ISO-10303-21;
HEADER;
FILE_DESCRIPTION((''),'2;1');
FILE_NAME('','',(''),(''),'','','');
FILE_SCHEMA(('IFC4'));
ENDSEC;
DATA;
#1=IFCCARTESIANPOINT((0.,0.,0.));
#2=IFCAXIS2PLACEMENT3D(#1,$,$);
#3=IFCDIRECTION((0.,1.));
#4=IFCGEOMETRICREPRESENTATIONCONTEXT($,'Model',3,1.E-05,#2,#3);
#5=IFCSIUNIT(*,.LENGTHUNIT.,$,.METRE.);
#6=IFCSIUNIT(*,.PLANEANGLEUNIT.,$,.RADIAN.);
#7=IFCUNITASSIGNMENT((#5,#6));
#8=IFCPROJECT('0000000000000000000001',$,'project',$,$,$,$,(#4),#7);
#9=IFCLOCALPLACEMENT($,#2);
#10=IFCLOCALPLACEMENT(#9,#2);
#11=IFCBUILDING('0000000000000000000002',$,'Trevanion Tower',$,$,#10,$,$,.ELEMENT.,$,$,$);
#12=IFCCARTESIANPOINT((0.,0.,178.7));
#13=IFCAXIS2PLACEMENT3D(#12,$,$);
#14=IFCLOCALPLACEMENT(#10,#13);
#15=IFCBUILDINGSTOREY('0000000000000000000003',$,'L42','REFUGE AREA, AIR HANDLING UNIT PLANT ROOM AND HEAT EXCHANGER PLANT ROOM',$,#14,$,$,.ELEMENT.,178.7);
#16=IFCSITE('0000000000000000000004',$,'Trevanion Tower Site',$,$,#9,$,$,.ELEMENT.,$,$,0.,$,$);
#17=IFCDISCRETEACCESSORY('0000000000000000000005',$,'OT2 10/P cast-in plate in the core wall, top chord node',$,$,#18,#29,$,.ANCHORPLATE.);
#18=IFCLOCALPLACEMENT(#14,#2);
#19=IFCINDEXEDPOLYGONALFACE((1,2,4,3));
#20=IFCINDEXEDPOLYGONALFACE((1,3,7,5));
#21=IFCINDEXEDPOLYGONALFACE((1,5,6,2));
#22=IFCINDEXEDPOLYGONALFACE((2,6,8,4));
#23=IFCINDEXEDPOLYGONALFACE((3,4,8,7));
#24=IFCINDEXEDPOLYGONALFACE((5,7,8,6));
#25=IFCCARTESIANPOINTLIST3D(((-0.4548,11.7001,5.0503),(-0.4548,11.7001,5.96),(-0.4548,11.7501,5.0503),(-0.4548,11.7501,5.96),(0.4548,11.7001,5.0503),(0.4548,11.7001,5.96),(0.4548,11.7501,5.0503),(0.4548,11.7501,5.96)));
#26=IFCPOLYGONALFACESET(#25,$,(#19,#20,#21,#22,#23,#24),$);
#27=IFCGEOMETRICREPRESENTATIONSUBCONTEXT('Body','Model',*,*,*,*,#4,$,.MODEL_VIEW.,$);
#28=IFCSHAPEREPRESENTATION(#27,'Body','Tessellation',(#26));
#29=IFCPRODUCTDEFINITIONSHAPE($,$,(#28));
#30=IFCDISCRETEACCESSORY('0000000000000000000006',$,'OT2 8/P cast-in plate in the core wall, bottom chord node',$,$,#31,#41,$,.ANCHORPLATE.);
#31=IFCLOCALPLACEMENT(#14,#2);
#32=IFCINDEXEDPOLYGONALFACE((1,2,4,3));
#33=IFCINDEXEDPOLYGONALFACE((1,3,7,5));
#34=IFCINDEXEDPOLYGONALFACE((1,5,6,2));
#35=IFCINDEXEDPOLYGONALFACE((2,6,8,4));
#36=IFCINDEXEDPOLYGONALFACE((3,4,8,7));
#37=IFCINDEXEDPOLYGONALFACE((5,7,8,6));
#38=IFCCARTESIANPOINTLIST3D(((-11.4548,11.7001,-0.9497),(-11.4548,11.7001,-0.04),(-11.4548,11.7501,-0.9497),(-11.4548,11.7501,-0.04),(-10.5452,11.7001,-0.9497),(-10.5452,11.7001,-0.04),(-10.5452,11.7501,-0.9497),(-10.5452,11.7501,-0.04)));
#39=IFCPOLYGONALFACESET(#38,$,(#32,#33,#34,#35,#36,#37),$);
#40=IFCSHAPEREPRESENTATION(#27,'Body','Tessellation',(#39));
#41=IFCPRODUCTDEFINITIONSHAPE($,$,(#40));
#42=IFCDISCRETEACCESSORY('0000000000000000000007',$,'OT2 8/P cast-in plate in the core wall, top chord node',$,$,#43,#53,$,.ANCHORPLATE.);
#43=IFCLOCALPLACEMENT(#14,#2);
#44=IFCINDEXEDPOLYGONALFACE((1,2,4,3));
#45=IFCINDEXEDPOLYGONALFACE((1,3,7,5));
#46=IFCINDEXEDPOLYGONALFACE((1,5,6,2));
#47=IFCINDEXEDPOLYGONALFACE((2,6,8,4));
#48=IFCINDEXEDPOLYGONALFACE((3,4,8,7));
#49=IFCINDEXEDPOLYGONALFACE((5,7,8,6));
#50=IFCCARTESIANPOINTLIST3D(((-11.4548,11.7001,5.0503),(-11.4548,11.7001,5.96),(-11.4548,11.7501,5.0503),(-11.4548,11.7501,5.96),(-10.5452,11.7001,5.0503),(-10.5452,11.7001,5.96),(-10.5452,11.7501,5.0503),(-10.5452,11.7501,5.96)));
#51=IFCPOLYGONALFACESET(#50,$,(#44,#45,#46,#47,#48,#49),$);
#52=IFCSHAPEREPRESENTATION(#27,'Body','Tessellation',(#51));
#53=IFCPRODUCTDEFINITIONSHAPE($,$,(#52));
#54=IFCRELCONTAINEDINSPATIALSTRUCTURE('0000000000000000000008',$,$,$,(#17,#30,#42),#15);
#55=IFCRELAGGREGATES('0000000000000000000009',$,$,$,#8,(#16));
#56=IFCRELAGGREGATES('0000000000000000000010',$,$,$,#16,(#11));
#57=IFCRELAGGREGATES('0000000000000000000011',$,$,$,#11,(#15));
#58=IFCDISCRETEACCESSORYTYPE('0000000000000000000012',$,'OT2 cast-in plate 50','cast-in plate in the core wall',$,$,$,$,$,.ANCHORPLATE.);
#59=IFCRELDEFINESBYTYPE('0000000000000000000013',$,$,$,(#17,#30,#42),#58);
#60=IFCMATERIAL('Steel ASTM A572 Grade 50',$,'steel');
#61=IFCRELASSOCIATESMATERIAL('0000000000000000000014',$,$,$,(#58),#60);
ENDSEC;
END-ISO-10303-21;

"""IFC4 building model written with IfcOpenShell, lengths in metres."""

from ifc_helpers import new_model, si_unit, direction, frame, origin, origin_2d, place, context, subcontext, project, spatial, rectangle, extrude, material, type_object, element, save


model = new_model("IFC4")

# Units and contexts
model_context = context("Model", 3, precision=1e-05, world=origin(), true_north=direction((0.0, 1.0)))
body_context = subcontext(model_context, "Body", "Model", "MODEL_VIEW")
ifc_project = project(units=[si_unit("LENGTHUNIT", "METRE"), si_unit("PLANEANGLEUNIT", "RADIAN")], contexts=[model_context])

# Site, building, storey
site_placement = place(None, origin())
site = spatial("IfcSite", under=ifc_project, at=site_placement, Name="Trevanion Tower Site", CompositionType="ELEMENT", RefElevation=0.0)
building_placement = place(site_placement, origin())
building = spatial("IfcBuilding", under=site, at=building_placement, Name="Trevanion Tower", CompositionType="ELEMENT")
storey_placement = place(building_placement, frame((0.0, 0.0, 178.7)))
storey = spatial("IfcBuildingStorey", under=building, at=storey_placement, Name="L42", Description="REFUGE AREA, AIR HANDLING UNIT PLANT ROOM AND HEAT EXCHANGER PLANT ROOM", CompositionType="ELEMENT", Elevation=178.7)

# Discrete accessories
ifc_material_1 = material(Name="Steel ASTM A572 Grade 50", Category="steel")
discrete_accessory_type = type_object("IfcDiscreteAccessoryType", Name="OT2 cast-in plate 50", Description="cast-in plate in the core wall", PredefinedType="ANCHORPLATE", material=ifc_material_1)
for number, where, z_axis, x_axis, name in (
    (1, (0.0, 11.7251, 5.0503), (0.0, 0.0, 1.0), (0.0, 1.0, 0.0), "OT2 10/P cast-in plate in the core wall, top chord node"),
    (2, (-11.0, 11.7251, -0.9497), (0.0, 0.0, 1.0), (0.0, 1.0, 0.0), "OT2 8/P cast-in plate in the core wall, bottom chord node"),
    (3, (-11.0, 11.7251, 5.0503), (0.0, 0.0, 1.0), (0.0, 1.0, 0.0), "OT2 8/P cast-in plate in the core wall, top chord node"),
):
    element("IfcDiscreteAccessory", number, at=place(storey_placement, frame(where, z_axis=z_axis, x_axis=x_axis)), inside=storey, type_object=discrete_accessory_type, Name=name, PredefinedType="ANCHORPLATE", context=body_context, shape_type="SweptSolid", body=[
        extrude(rectangle(XDim=0.05, YDim=0.9097, at=origin_2d()), origin(), (0.0, 0.0, 1.0), 0.9097),
    ])

save(model, "model.ifc")
